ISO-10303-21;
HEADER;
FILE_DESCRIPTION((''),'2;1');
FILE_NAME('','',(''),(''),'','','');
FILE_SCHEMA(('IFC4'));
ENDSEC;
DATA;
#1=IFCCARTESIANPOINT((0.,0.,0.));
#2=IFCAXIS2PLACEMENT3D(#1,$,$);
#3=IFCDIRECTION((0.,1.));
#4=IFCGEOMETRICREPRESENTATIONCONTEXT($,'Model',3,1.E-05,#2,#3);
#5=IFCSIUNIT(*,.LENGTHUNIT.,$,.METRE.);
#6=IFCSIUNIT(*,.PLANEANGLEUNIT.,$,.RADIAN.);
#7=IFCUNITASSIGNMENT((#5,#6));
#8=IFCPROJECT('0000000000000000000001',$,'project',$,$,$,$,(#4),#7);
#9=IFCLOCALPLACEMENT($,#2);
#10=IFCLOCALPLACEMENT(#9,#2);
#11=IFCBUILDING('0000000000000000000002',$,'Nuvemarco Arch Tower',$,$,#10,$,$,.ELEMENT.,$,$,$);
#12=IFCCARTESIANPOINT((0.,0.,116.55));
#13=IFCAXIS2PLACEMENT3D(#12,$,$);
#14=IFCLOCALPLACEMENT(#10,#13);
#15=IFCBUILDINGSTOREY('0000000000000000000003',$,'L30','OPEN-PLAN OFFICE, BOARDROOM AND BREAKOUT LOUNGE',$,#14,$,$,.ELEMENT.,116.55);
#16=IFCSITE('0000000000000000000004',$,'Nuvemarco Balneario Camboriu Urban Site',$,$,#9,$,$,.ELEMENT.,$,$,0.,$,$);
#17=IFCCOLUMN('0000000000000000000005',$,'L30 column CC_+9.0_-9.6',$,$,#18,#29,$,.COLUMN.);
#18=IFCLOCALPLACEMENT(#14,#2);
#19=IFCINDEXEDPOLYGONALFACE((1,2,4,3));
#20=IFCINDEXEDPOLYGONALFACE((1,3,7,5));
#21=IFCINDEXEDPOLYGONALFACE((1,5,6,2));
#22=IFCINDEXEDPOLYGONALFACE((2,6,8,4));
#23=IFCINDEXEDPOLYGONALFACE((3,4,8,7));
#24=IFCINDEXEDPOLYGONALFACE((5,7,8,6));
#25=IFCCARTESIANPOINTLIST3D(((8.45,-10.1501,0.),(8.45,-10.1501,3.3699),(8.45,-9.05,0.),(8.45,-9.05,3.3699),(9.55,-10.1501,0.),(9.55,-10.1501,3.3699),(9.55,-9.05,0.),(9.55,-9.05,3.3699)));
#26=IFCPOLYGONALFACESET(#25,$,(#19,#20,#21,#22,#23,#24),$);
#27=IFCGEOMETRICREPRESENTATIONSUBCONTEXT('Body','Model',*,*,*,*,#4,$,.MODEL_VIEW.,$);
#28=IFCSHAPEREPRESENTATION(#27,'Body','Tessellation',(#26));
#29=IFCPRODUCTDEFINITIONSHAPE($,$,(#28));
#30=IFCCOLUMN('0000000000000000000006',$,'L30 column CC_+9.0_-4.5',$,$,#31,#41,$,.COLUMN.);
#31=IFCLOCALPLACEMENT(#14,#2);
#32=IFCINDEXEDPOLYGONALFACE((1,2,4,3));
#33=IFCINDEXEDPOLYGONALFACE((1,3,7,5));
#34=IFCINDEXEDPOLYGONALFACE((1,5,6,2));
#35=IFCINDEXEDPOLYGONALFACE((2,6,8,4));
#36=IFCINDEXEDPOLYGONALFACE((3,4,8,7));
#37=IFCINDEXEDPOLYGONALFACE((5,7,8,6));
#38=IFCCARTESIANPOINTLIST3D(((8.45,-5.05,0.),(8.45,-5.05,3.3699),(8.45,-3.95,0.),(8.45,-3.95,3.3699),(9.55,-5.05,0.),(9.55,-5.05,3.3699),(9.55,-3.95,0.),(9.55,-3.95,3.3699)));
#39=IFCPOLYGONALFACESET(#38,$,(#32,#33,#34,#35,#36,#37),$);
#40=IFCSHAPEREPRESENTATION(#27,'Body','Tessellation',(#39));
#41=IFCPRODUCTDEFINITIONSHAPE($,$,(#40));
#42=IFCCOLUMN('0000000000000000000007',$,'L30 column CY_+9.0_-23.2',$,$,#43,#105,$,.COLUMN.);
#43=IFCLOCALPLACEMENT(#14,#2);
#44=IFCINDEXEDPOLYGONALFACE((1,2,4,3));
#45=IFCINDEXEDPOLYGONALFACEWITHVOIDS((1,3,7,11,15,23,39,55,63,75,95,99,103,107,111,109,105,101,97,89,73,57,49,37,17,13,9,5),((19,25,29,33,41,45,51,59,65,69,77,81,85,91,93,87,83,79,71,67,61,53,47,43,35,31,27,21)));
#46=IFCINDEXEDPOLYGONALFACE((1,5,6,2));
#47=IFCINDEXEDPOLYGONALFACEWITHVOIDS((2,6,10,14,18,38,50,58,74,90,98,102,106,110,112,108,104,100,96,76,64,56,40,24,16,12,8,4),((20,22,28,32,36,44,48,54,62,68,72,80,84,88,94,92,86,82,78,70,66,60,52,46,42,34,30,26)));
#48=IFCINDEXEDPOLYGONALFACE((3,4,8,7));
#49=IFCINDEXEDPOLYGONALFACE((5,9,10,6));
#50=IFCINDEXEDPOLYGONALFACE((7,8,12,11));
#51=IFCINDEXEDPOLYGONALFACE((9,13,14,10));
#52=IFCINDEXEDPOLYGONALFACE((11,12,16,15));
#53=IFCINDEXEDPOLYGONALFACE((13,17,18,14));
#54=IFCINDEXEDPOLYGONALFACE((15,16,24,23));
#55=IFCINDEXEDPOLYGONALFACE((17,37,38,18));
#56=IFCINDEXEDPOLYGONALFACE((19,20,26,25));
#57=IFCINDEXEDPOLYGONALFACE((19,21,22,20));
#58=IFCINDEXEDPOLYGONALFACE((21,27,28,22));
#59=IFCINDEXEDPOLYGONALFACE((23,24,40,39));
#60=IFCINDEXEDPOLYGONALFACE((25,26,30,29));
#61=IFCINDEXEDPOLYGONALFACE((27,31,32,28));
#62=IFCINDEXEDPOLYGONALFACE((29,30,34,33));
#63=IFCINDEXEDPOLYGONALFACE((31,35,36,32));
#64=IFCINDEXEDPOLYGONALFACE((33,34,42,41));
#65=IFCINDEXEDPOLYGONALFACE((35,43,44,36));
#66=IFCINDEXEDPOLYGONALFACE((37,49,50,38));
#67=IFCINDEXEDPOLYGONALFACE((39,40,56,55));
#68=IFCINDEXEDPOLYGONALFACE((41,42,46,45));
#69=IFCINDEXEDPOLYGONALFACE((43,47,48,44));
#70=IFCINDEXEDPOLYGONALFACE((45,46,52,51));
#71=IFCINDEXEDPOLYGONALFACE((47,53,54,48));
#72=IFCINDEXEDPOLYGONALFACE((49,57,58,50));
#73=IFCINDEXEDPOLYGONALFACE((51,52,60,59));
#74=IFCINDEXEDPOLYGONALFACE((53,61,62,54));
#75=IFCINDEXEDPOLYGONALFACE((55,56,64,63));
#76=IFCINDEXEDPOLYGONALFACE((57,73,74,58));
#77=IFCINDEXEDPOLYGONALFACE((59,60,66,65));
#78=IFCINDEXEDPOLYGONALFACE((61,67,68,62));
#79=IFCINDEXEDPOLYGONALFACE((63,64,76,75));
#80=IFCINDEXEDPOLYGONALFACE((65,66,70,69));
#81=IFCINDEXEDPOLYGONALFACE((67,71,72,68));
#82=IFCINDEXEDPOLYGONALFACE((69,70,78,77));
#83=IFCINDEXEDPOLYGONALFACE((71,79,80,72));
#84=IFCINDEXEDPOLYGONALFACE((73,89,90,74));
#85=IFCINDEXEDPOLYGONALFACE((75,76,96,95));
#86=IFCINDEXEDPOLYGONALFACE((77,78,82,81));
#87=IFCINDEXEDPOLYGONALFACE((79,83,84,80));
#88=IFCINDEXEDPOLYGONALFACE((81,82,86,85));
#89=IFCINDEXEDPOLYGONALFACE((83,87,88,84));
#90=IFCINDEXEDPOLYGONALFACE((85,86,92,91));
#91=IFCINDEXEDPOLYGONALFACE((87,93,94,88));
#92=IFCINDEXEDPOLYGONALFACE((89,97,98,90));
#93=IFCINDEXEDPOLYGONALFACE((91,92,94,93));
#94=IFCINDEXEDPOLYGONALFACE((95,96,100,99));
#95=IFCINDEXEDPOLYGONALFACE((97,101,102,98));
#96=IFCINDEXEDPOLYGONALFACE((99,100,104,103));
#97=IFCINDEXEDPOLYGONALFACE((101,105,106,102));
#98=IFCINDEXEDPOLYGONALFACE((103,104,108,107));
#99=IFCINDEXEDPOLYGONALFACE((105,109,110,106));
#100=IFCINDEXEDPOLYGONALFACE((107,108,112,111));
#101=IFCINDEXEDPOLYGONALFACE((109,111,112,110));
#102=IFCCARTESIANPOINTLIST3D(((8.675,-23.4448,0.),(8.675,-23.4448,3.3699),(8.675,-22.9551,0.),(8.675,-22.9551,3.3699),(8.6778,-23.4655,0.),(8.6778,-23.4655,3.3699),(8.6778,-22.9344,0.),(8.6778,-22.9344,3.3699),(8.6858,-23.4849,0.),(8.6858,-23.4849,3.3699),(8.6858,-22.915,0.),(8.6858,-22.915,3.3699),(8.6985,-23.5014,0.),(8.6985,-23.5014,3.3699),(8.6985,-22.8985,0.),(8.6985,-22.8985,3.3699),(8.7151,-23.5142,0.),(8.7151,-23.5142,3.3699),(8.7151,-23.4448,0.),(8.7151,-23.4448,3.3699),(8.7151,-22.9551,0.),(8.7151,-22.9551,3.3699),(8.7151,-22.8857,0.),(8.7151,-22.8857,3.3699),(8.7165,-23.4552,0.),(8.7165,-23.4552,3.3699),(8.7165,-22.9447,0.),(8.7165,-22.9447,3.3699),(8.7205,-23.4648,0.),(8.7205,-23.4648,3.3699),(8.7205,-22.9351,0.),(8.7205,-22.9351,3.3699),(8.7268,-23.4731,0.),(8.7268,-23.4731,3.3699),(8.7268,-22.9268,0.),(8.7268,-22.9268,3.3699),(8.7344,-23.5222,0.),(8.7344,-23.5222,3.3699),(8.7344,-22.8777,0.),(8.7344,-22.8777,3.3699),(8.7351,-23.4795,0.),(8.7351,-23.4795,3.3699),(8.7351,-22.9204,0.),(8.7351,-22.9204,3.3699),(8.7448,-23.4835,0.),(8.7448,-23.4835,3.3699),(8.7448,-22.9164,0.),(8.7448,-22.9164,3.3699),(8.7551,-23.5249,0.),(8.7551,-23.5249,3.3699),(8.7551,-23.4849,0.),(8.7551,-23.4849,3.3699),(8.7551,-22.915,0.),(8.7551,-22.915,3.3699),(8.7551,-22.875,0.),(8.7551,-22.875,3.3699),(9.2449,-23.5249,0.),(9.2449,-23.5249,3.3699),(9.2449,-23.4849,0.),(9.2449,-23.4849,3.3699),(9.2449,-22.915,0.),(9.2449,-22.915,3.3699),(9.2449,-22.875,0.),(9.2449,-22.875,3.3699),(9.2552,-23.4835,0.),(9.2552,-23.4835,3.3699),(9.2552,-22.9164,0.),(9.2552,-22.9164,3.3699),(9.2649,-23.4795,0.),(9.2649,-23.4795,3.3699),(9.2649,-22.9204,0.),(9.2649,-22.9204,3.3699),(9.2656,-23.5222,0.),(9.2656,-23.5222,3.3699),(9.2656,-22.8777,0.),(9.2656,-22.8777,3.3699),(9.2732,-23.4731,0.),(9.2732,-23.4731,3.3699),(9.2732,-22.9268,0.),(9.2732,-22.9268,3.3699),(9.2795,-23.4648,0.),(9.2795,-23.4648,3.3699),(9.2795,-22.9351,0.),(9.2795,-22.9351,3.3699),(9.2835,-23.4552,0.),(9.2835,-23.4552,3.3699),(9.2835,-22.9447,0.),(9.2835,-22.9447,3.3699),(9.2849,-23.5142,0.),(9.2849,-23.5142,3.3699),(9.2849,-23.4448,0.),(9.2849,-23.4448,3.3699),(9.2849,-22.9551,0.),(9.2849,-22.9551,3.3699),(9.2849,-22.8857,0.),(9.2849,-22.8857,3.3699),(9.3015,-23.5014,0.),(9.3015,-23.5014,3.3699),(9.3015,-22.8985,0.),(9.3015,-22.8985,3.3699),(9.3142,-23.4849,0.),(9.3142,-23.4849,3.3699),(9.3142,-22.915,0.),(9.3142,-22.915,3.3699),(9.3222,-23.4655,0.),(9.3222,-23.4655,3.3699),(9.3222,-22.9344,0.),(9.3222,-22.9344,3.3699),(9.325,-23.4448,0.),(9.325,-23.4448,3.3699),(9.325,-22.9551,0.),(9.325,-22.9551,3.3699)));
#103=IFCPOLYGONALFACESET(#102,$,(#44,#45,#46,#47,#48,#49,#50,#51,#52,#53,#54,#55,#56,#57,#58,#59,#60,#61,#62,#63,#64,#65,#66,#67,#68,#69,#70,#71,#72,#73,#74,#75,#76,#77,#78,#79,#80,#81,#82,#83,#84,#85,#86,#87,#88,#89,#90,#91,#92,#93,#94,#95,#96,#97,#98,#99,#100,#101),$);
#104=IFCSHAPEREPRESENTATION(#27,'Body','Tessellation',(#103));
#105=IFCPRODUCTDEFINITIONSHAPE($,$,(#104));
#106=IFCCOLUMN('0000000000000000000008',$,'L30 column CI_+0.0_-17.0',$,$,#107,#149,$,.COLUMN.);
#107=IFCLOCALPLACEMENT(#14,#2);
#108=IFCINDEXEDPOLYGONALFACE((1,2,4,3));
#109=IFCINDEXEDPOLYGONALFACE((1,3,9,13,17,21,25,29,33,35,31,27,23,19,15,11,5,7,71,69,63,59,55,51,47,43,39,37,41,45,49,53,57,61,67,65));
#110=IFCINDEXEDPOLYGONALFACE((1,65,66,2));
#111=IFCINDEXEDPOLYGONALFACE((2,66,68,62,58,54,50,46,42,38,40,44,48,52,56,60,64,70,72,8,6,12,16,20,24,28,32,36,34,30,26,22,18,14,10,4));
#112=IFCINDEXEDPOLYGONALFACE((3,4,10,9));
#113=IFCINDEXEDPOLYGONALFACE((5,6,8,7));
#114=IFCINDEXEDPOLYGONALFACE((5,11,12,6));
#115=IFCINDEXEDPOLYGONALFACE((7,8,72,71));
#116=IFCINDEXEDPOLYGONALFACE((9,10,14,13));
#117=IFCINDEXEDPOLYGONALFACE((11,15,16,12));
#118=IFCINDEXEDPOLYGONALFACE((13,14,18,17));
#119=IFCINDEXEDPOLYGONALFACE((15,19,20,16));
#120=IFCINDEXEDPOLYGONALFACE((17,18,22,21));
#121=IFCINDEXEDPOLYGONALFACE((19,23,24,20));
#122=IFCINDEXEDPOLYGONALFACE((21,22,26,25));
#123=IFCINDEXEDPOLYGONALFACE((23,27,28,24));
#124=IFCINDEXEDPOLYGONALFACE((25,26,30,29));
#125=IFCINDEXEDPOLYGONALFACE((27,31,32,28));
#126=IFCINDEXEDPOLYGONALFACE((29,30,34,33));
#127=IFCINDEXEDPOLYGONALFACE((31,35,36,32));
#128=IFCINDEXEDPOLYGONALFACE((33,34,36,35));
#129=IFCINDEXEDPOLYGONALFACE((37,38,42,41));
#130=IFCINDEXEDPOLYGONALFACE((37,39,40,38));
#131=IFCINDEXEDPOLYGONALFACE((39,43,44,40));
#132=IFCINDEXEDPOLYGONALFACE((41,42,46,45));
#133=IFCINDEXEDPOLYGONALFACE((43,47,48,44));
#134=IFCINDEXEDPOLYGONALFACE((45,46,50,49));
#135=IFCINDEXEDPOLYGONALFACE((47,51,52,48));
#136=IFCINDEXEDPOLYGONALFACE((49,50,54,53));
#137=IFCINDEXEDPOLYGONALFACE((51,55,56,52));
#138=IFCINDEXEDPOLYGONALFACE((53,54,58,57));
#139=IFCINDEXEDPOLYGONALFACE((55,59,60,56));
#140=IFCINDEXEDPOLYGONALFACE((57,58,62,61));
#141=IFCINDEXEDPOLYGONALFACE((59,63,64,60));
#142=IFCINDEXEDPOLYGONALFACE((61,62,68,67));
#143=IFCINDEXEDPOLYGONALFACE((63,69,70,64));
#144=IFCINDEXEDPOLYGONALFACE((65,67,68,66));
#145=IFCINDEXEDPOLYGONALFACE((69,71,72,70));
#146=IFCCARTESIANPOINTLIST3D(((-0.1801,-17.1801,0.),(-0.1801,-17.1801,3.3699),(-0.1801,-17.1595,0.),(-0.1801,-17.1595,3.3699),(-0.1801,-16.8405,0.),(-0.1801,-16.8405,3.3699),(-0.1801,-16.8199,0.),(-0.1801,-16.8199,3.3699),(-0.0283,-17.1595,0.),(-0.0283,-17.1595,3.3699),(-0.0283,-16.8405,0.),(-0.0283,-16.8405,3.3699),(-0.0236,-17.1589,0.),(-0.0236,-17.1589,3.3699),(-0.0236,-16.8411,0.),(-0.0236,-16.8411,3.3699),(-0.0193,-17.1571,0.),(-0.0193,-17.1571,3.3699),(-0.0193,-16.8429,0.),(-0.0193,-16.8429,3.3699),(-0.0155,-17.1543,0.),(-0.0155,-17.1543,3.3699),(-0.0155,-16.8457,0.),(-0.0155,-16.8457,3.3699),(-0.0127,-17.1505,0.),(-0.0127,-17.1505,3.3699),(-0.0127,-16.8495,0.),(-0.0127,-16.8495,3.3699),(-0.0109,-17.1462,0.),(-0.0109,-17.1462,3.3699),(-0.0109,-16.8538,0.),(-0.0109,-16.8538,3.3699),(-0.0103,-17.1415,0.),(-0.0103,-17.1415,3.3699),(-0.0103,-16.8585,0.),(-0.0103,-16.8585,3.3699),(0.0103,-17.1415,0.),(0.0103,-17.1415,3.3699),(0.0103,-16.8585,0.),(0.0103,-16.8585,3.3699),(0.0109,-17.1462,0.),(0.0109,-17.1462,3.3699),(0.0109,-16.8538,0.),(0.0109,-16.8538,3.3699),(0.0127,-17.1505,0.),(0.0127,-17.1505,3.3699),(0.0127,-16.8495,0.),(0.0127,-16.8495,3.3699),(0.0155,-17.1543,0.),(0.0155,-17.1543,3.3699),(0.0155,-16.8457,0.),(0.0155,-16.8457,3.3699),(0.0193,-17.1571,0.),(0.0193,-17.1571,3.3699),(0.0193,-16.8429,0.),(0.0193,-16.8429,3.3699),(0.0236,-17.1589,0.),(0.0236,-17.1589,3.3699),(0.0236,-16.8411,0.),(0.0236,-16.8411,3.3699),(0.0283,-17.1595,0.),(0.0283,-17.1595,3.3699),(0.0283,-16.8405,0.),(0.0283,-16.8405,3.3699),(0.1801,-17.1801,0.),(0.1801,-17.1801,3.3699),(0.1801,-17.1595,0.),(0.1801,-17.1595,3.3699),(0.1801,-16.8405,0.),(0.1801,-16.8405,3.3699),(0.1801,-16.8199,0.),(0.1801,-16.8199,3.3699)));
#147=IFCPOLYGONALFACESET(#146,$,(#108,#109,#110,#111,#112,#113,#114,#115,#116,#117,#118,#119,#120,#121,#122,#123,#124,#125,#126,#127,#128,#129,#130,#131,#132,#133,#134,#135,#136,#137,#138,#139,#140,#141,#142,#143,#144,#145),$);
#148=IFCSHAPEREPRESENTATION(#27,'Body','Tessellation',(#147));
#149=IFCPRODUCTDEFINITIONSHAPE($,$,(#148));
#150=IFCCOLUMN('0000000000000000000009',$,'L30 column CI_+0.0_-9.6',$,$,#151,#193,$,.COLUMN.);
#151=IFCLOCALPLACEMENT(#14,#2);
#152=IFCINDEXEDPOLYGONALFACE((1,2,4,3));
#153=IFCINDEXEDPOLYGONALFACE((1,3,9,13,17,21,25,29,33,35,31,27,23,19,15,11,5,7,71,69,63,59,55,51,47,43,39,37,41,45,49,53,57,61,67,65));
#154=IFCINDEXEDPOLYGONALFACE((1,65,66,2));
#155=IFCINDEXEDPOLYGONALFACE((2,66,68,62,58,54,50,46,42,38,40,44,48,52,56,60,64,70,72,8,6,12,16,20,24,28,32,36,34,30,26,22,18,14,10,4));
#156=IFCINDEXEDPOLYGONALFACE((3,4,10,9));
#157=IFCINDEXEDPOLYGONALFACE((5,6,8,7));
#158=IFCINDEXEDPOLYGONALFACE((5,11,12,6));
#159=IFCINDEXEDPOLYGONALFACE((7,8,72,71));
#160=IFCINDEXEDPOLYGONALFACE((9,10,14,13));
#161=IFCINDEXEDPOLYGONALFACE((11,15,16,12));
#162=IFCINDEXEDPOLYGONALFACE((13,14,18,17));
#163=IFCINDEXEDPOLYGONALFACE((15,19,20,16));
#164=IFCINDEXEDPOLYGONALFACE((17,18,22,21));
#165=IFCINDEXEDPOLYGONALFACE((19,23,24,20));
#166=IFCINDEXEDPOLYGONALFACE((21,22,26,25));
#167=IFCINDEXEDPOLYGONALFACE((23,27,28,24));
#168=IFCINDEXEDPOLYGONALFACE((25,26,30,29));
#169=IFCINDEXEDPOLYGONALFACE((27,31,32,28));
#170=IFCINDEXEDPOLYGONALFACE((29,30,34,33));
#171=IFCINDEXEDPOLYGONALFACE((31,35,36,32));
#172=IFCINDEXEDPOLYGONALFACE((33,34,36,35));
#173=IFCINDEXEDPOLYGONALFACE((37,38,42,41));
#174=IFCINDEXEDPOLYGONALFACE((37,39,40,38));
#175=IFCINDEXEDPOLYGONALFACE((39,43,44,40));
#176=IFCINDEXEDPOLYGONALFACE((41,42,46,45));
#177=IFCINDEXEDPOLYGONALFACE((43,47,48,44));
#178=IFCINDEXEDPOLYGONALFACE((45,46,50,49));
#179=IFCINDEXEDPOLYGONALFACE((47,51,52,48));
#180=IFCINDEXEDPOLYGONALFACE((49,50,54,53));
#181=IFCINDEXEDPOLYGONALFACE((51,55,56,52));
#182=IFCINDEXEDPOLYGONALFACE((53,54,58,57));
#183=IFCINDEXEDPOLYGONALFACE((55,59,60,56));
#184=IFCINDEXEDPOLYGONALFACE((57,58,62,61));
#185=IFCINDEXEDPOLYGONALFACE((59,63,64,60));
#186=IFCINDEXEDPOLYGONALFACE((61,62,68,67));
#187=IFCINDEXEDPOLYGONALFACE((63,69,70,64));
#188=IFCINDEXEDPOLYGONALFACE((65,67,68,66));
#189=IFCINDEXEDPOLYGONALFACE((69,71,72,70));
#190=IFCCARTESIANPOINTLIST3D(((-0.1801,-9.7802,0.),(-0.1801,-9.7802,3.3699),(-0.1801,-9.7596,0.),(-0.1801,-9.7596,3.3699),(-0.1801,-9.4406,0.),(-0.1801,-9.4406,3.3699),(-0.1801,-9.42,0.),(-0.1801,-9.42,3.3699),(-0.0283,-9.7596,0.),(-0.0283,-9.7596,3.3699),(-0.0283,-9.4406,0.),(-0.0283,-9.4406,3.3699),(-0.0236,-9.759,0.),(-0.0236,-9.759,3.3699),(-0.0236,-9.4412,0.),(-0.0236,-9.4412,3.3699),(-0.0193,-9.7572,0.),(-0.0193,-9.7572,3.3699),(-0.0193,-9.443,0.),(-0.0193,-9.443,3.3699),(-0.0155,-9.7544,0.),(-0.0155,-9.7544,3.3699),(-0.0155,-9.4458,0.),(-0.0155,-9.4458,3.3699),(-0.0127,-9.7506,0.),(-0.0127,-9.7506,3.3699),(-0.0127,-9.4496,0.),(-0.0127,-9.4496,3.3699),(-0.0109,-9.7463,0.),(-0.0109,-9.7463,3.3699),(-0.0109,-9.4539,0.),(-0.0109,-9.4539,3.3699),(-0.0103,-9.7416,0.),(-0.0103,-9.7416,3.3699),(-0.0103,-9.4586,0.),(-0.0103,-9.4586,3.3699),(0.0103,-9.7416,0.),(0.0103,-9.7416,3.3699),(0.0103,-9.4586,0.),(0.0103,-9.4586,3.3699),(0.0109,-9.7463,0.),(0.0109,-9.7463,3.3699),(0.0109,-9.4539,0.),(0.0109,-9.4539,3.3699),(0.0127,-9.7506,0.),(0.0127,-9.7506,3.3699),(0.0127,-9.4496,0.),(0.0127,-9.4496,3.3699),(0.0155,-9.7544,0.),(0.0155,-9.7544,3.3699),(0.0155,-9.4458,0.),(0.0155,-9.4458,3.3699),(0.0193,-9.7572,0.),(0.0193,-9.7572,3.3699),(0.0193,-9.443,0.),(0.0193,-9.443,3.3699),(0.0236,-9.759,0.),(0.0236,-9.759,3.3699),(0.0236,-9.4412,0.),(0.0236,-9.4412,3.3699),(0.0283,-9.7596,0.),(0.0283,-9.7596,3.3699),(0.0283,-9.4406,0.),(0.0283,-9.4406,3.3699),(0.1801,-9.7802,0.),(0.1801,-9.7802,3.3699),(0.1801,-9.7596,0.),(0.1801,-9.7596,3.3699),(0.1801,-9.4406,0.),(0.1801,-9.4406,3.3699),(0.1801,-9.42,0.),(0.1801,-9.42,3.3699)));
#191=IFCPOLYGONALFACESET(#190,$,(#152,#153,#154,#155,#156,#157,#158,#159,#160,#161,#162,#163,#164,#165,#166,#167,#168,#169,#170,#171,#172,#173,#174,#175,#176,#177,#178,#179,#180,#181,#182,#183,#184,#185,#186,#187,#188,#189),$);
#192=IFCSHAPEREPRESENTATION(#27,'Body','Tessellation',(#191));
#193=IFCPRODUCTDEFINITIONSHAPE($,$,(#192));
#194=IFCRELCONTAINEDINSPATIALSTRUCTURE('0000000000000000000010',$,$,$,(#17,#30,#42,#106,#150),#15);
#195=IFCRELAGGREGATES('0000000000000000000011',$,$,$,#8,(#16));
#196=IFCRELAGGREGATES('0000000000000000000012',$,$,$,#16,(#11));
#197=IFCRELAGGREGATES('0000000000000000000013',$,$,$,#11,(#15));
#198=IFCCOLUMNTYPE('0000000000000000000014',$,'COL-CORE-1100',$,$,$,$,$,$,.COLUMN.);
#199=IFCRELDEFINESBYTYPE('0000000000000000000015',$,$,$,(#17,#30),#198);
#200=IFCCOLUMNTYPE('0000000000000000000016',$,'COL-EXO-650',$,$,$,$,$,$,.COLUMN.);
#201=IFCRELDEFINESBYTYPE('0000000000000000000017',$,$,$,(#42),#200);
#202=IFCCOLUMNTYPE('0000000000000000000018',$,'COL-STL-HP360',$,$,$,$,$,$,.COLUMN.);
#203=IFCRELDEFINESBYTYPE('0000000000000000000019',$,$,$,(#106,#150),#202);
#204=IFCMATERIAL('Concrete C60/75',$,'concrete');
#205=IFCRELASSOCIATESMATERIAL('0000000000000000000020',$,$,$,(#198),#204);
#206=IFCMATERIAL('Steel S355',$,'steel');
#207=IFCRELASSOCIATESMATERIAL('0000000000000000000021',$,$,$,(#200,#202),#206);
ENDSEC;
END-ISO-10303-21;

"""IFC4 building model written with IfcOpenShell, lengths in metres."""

from ifc_helpers import new_model, si_unit, direction, frame, origin, origin_2d, place, context, subcontext, project, spatial, rectangle, hollow_rectangle, i_section, extrude, material, material_profile, profile_set, type_object, element, save


model = new_model("IFC4")

# Units and contexts
model_context = context("Model", 3, precision=1e-05, world=origin(), true_north=direction((0.0, 1.0)))
body_context = subcontext(model_context, "Body", "Model", "MODEL_VIEW")
ifc_project = project(units=[si_unit("LENGTHUNIT", "METRE"), si_unit("PLANEANGLEUNIT", "RADIAN")], contexts=[model_context])

# Site, building, storey
site_placement = place(None, origin())
site = spatial("IfcSite", under=ifc_project, at=site_placement, Name="Nuvemarco Balneario Camboriu Urban Site", CompositionType="ELEMENT", RefElevation=0.0)
building_placement = place(site_placement, origin())
building = spatial("IfcBuilding", under=site, at=building_placement, Name="Nuvemarco Arch Tower", CompositionType="ELEMENT")
storey_placement = place(building_placement, frame((0.0, 0.0, 116.55)))
storey = spatial("IfcBuildingStorey", under=building, at=storey_placement, Name="L30", Description="OPEN-PLAN OFFICE, BOARDROOM AND BREAKOUT LOUNGE", CompositionType="ELEMENT", Elevation=116.55)

# Columns
ifc_material_1 = material(Name="Concrete C60/75", Category="concrete")
ifc_material_profile_1 = material_profile(ifc_material_1, rectangle(XDim=1.1001, YDim=1.1001, at=origin_2d()), Name="RC-COL-1100x1100")
ifc_profile_set_1 = profile_set([ifc_material_profile_1], Name="Concrete C60/75")
column_type_1 = type_object("IfcColumnType", Name="COL-CORE-1100", PredefinedType="COLUMN", material=ifc_profile_set_1)
for number, where, z_axis, x_axis, name in (
    (1, (9.0, -9.6001, 0.0), (0.0, 0.0, 1.0), (1.0, 0.0, 0.0), "L30 column CC_+9.0_-9.6"),
    (2, (9.0, -4.5, 0.0), (0.0, 0.0, 1.0), (1.0, 0.0, 0.0), "L30 column CC_+9.0_-4.5"),
):
    element("IfcColumn", number, at=place(storey_placement, frame(where, z_axis=z_axis, x_axis=x_axis)), inside=storey, type_object=column_type_1, Name=name, PredefinedType="COLUMN", context=body_context, shape_type="SweptSolid", body=[
        extrude(rectangle(XDim=1.1001, YDim=1.1001, at=origin_2d()), origin(), (0.0, 0.0, 1.0), 3.3699),
    ])
ifc_material_2 = material(Name="Steel S355", Category="steel")
ifc_material_profile_2 = material_profile(ifc_material_2, hollow_rectangle(XDim=0.6499, YDim=0.6499, WallThickness=0.04, InnerFilletRadius=0.04, OuterFilletRadius=0.0801, at=origin_2d()), Name="SHS650x650x40")
ifc_profile_set_2 = profile_set([ifc_material_profile_2], Name="Steel S355")
column_type_2 = type_object("IfcColumnType", Name="COL-EXO-650", PredefinedType="COLUMN", material=ifc_profile_set_2)
column_placement = place(storey_placement, frame((9.0, -23.2, 0.0), z_axis=(0.0, 0.0, 1.0), x_axis=(1.0, 0.0, 0.0)))
element("IfcColumn", 3, at=column_placement, inside=storey, type_object=column_type_2, Name="L30 column CY_+9.0_-23.2", PredefinedType="COLUMN", context=body_context, shape_type="SweptSolid", body=[
    extrude(hollow_rectangle(XDim=0.6499, YDim=0.6499, WallThickness=0.04, InnerFilletRadius=0.04, OuterFilletRadius=0.0801, at=origin_2d()), origin(), (0.0, 0.0, 1.0), 3.3699),
])
ifc_material_profile_3 = material_profile(ifc_material_2, i_section(OverallWidth=0.3601, OverallDepth=0.3601, WebThickness=0.0205, FlangeThickness=0.0205, FilletRadius=0.0181, at=origin_2d()), Name="HP360x174")
ifc_profile_set_3 = profile_set([ifc_material_profile_3], Name="Steel S355")
column_type_3 = type_object("IfcColumnType", Name="COL-STL-HP360", PredefinedType="COLUMN", material=ifc_profile_set_3)
for number, where, z_axis, x_axis, name in (
    (4, (0.0, -17.0, 0.0), (0.0, 0.0, 1.0), (1.0, 0.0, 0.0), "L30 column CI_+0.0_-17.0"),
    (5, (0.0, -9.6001, 0.0), (0.0, 0.0, 1.0), (1.0, 0.0, 0.0), "L30 column CI_+0.0_-9.6"),
):
    element("IfcColumn", number, at=place(storey_placement, frame(where, z_axis=z_axis, x_axis=x_axis)), inside=storey, type_object=column_type_3, Name=name, PredefinedType="COLUMN", context=body_context, shape_type="SweptSolid", body=[
        extrude(i_section(OverallWidth=0.3601, OverallDepth=0.3601, WebThickness=0.0205, FlangeThickness=0.0205, FilletRadius=0.0181, at=origin_2d()), origin(), (0.0, 0.0, 1.0), 3.3699),
    ])

save(model, "model.ifc")
